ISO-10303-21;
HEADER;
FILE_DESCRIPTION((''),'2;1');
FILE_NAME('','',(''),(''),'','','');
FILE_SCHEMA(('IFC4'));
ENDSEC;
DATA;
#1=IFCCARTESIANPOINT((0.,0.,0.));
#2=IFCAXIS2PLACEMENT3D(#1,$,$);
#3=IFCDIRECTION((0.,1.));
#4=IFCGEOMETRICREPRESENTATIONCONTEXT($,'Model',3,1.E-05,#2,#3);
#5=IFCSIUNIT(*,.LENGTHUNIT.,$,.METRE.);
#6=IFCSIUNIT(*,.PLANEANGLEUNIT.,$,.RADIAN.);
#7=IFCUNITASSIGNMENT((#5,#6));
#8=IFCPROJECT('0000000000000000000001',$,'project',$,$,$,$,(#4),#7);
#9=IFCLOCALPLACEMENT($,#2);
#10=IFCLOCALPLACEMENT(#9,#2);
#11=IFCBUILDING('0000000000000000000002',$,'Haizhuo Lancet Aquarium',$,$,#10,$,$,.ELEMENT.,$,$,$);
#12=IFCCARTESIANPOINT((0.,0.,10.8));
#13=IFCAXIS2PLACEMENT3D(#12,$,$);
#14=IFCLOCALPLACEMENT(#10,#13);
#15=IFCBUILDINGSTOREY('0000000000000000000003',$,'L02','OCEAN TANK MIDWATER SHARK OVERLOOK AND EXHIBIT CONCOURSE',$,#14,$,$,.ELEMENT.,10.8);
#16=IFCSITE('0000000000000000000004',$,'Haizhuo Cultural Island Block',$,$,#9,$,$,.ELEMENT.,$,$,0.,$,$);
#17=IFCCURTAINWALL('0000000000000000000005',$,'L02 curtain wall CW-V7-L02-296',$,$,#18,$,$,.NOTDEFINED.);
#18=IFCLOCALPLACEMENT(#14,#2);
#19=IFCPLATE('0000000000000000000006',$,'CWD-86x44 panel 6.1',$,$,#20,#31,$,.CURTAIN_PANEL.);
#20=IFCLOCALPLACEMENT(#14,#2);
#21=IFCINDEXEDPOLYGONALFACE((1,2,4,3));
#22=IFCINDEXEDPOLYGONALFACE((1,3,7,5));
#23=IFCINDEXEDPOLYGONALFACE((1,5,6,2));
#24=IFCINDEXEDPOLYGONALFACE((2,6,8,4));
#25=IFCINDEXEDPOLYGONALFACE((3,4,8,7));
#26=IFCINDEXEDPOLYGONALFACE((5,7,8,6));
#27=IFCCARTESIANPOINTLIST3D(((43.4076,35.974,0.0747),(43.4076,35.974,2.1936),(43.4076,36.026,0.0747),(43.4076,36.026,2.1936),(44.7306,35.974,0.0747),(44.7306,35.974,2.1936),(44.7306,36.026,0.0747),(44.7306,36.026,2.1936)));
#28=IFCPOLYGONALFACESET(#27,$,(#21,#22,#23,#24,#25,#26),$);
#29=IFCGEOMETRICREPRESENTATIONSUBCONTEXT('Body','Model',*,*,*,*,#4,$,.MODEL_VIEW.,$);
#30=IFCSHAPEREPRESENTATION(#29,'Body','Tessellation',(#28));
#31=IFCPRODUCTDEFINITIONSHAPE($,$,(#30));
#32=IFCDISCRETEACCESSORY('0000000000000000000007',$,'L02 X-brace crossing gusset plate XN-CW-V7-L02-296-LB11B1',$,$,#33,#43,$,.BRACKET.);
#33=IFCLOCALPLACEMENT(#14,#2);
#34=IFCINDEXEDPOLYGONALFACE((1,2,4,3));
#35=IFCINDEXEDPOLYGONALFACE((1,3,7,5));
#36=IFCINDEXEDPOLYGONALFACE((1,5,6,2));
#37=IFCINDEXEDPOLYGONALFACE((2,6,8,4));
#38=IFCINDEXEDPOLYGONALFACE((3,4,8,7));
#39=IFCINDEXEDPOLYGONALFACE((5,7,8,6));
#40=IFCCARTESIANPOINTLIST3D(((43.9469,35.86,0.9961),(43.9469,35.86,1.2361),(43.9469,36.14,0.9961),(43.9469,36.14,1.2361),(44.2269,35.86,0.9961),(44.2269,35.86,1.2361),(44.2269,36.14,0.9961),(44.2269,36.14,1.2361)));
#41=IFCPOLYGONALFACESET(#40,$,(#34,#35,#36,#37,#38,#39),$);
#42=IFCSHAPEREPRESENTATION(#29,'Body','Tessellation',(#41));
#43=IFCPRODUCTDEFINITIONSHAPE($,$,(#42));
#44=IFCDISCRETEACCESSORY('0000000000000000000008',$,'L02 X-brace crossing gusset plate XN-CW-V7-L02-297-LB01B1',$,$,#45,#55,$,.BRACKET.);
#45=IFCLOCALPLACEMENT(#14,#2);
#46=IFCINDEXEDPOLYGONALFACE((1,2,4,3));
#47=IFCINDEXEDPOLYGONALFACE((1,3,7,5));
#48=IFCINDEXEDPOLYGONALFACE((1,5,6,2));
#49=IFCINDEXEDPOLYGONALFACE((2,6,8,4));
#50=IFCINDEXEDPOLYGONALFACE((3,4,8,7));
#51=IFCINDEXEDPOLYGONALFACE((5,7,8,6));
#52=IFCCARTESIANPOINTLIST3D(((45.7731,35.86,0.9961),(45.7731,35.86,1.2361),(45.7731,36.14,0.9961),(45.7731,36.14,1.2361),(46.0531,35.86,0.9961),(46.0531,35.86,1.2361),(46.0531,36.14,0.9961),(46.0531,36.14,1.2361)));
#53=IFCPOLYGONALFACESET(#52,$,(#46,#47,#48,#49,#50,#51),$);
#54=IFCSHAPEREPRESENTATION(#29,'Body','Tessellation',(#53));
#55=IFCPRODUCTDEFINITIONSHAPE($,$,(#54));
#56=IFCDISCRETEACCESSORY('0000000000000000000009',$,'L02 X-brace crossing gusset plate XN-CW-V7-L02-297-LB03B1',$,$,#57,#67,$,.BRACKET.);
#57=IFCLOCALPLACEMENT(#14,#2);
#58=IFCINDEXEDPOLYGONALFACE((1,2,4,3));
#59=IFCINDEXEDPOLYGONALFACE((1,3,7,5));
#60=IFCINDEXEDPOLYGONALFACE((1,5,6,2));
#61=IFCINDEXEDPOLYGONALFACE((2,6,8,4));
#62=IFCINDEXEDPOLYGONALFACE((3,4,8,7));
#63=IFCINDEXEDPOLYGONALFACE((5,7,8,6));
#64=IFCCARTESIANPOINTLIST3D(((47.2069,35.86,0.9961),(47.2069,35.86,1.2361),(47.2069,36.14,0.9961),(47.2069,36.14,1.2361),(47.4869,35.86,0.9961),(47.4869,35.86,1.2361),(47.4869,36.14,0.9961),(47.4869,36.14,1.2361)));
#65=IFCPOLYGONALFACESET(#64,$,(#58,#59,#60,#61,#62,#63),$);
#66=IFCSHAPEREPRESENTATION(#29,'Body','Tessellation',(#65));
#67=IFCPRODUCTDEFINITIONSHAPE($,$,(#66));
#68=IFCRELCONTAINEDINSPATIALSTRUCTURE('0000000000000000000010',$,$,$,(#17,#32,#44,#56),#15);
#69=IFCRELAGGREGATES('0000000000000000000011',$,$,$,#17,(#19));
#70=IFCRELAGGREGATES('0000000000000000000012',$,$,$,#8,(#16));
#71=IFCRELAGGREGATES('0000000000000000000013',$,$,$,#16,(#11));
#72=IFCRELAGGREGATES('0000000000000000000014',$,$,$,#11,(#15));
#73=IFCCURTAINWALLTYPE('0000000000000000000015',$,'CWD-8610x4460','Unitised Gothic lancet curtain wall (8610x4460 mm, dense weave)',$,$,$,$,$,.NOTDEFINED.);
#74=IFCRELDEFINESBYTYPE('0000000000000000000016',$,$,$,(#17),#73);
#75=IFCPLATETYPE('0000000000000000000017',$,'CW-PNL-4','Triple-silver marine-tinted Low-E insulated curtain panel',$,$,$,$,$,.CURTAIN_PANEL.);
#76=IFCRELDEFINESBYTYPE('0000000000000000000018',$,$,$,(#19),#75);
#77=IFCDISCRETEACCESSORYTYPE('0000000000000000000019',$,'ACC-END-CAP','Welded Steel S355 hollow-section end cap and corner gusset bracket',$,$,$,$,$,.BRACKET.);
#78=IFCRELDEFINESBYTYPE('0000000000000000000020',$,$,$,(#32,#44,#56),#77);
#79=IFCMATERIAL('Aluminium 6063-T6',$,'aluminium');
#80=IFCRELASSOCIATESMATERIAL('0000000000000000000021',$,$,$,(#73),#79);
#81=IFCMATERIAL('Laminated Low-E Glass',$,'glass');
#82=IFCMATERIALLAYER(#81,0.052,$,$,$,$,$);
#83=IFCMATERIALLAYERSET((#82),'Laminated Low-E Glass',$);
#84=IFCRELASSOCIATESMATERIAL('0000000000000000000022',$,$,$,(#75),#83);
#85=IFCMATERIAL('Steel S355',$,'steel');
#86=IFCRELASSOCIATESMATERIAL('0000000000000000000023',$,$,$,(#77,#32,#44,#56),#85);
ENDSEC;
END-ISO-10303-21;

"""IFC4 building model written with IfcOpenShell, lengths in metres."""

from ifc_helpers import new_model, si_unit, direction, frame, origin, origin_2d, place, context, subcontext, project, spatial, rectangle, extrude, material, layer, layer_set, type_object, element, aggregate, save


model = new_model("IFC4")

# Units and contexts
model_context = context("Model", 3, precision=1e-05, world=origin(), true_north=direction((0.0, 1.0)))
body_context = subcontext(model_context, "Body", "Model", "MODEL_VIEW")
ifc_project = project(units=[si_unit("LENGTHUNIT", "METRE"), si_unit("PLANEANGLEUNIT", "RADIAN")], contexts=[model_context])

# Site, building, storey
site_placement = place(None, origin())
site = spatial("IfcSite", under=ifc_project, at=site_placement, Name="Haizhuo Cultural Island Block", CompositionType="ELEMENT", RefElevation=0.0)
building_placement = place(site_placement, origin())
building = spatial("IfcBuilding", under=site, at=building_placement, Name="Haizhuo Lancet Aquarium", CompositionType="ELEMENT")
storey_placement = place(building_placement, frame((0.0, 0.0, 10.8)))
storey = spatial("IfcBuildingStorey", under=building, at=storey_placement, Name="L02", Description="OCEAN TANK MIDWATER SHARK OVERLOOK AND EXHIBIT CONCOURSE", CompositionType="ELEMENT", Elevation=10.8)

# Shared definitions
ifc_material_1 = material(Name="Steel S355", Category="steel")

# Curtain wall
ifc_material_2 = material(Name="Aluminium 6063-T6", Category="aluminium")
curtain_wall_type = type_object("IfcCurtainWallType", Name="CWD-8610x4460", Description="Unitised Gothic lancet curtain wall (8610x4460 mm, dense weave)", PredefinedType="NOTDEFINED", material=ifc_material_2)
curtain_wall_1_placement = place(storey_placement, origin())
curtain_wall_1 = element("IfcCurtainWall", 1, at=curtain_wall_1_placement, inside=storey, type_object=curtain_wall_type, Name="L02 curtain wall CW-V7-L02-296", PredefinedType="NOTDEFINED")

# Plate
ifc_material_3 = material(Name="Laminated Low-E Glass", Category="glass")
ifc_layer_1 = layer(ifc_material_3, 0.052)
ifc_layer_set_1 = layer_set([ifc_layer_1], Name="Laminated Low-E Glass")
plate_type_1 = type_object("IfcPlateType", Name="CW-PNL-4", Description="Triple-silver marine-tinted Low-E insulated curtain panel", PredefinedType="CURTAIN_PANEL", material=ifc_layer_set_1)
plate_1_placement = place(storey_placement, frame((44.0691, 36.0, 0.0747), z_axis=(0.0, 0.0, 1.0), x_axis=(1.0, 0.0, 0.0)))
plate_1 = element("IfcPlate", 2, at=plate_1_placement, type_object=plate_type_1, Name="CWD-86x44 panel 6.1", PredefinedType="CURTAIN_PANEL", context=body_context, shape_type="SweptSolid", body=[
    extrude(rectangle(XDim=1.323, YDim=0.052, at=origin_2d()), origin(), (0.0, 0.0, 1.0), 2.1189),
])
aggregate(curtain_wall_1, [plate_1])

# Discrete accessories
discrete_accessory_type = type_object("IfcDiscreteAccessoryType", Name="ACC-END-CAP", Description="Welded Steel S355 hollow-section end cap and corner gusset bracket", PredefinedType="BRACKET", material=ifc_material_1)
for number, where, z_axis, x_axis, name in (
    (3, (44.0869, 36.0, 0.9961), (0.0, 0.0, 1.0), (1.0, 0.0, 0.0), "L02 X-brace crossing gusset plate XN-CW-V7-L02-296-LB11B1"),
    (4, (45.9131, 36.0, 0.9961), (0.0, 0.0, 1.0), (1.0, 0.0, 0.0), "L02 X-brace crossing gusset plate XN-CW-V7-L02-297-LB01B1"),
    (5, (47.3469, 36.0, 0.9961), (0.0, 0.0, 1.0), (1.0, 0.0, 0.0), "L02 X-brace crossing gusset plate XN-CW-V7-L02-297-LB03B1"),
):
    element("IfcDiscreteAccessory", number, at=place(storey_placement, frame(where, z_axis=z_axis, x_axis=x_axis)), inside=storey, type_object=discrete_accessory_type, material=ifc_material_1, Name=name, PredefinedType="BRACKET", context=body_context, shape_type="SweptSolid", body=[
        extrude(rectangle(XDim=0.28, YDim=0.28, at=origin_2d()), origin(), (0.0, 0.0, 1.0), 0.24),
    ])

save(model, "model.ifc")
